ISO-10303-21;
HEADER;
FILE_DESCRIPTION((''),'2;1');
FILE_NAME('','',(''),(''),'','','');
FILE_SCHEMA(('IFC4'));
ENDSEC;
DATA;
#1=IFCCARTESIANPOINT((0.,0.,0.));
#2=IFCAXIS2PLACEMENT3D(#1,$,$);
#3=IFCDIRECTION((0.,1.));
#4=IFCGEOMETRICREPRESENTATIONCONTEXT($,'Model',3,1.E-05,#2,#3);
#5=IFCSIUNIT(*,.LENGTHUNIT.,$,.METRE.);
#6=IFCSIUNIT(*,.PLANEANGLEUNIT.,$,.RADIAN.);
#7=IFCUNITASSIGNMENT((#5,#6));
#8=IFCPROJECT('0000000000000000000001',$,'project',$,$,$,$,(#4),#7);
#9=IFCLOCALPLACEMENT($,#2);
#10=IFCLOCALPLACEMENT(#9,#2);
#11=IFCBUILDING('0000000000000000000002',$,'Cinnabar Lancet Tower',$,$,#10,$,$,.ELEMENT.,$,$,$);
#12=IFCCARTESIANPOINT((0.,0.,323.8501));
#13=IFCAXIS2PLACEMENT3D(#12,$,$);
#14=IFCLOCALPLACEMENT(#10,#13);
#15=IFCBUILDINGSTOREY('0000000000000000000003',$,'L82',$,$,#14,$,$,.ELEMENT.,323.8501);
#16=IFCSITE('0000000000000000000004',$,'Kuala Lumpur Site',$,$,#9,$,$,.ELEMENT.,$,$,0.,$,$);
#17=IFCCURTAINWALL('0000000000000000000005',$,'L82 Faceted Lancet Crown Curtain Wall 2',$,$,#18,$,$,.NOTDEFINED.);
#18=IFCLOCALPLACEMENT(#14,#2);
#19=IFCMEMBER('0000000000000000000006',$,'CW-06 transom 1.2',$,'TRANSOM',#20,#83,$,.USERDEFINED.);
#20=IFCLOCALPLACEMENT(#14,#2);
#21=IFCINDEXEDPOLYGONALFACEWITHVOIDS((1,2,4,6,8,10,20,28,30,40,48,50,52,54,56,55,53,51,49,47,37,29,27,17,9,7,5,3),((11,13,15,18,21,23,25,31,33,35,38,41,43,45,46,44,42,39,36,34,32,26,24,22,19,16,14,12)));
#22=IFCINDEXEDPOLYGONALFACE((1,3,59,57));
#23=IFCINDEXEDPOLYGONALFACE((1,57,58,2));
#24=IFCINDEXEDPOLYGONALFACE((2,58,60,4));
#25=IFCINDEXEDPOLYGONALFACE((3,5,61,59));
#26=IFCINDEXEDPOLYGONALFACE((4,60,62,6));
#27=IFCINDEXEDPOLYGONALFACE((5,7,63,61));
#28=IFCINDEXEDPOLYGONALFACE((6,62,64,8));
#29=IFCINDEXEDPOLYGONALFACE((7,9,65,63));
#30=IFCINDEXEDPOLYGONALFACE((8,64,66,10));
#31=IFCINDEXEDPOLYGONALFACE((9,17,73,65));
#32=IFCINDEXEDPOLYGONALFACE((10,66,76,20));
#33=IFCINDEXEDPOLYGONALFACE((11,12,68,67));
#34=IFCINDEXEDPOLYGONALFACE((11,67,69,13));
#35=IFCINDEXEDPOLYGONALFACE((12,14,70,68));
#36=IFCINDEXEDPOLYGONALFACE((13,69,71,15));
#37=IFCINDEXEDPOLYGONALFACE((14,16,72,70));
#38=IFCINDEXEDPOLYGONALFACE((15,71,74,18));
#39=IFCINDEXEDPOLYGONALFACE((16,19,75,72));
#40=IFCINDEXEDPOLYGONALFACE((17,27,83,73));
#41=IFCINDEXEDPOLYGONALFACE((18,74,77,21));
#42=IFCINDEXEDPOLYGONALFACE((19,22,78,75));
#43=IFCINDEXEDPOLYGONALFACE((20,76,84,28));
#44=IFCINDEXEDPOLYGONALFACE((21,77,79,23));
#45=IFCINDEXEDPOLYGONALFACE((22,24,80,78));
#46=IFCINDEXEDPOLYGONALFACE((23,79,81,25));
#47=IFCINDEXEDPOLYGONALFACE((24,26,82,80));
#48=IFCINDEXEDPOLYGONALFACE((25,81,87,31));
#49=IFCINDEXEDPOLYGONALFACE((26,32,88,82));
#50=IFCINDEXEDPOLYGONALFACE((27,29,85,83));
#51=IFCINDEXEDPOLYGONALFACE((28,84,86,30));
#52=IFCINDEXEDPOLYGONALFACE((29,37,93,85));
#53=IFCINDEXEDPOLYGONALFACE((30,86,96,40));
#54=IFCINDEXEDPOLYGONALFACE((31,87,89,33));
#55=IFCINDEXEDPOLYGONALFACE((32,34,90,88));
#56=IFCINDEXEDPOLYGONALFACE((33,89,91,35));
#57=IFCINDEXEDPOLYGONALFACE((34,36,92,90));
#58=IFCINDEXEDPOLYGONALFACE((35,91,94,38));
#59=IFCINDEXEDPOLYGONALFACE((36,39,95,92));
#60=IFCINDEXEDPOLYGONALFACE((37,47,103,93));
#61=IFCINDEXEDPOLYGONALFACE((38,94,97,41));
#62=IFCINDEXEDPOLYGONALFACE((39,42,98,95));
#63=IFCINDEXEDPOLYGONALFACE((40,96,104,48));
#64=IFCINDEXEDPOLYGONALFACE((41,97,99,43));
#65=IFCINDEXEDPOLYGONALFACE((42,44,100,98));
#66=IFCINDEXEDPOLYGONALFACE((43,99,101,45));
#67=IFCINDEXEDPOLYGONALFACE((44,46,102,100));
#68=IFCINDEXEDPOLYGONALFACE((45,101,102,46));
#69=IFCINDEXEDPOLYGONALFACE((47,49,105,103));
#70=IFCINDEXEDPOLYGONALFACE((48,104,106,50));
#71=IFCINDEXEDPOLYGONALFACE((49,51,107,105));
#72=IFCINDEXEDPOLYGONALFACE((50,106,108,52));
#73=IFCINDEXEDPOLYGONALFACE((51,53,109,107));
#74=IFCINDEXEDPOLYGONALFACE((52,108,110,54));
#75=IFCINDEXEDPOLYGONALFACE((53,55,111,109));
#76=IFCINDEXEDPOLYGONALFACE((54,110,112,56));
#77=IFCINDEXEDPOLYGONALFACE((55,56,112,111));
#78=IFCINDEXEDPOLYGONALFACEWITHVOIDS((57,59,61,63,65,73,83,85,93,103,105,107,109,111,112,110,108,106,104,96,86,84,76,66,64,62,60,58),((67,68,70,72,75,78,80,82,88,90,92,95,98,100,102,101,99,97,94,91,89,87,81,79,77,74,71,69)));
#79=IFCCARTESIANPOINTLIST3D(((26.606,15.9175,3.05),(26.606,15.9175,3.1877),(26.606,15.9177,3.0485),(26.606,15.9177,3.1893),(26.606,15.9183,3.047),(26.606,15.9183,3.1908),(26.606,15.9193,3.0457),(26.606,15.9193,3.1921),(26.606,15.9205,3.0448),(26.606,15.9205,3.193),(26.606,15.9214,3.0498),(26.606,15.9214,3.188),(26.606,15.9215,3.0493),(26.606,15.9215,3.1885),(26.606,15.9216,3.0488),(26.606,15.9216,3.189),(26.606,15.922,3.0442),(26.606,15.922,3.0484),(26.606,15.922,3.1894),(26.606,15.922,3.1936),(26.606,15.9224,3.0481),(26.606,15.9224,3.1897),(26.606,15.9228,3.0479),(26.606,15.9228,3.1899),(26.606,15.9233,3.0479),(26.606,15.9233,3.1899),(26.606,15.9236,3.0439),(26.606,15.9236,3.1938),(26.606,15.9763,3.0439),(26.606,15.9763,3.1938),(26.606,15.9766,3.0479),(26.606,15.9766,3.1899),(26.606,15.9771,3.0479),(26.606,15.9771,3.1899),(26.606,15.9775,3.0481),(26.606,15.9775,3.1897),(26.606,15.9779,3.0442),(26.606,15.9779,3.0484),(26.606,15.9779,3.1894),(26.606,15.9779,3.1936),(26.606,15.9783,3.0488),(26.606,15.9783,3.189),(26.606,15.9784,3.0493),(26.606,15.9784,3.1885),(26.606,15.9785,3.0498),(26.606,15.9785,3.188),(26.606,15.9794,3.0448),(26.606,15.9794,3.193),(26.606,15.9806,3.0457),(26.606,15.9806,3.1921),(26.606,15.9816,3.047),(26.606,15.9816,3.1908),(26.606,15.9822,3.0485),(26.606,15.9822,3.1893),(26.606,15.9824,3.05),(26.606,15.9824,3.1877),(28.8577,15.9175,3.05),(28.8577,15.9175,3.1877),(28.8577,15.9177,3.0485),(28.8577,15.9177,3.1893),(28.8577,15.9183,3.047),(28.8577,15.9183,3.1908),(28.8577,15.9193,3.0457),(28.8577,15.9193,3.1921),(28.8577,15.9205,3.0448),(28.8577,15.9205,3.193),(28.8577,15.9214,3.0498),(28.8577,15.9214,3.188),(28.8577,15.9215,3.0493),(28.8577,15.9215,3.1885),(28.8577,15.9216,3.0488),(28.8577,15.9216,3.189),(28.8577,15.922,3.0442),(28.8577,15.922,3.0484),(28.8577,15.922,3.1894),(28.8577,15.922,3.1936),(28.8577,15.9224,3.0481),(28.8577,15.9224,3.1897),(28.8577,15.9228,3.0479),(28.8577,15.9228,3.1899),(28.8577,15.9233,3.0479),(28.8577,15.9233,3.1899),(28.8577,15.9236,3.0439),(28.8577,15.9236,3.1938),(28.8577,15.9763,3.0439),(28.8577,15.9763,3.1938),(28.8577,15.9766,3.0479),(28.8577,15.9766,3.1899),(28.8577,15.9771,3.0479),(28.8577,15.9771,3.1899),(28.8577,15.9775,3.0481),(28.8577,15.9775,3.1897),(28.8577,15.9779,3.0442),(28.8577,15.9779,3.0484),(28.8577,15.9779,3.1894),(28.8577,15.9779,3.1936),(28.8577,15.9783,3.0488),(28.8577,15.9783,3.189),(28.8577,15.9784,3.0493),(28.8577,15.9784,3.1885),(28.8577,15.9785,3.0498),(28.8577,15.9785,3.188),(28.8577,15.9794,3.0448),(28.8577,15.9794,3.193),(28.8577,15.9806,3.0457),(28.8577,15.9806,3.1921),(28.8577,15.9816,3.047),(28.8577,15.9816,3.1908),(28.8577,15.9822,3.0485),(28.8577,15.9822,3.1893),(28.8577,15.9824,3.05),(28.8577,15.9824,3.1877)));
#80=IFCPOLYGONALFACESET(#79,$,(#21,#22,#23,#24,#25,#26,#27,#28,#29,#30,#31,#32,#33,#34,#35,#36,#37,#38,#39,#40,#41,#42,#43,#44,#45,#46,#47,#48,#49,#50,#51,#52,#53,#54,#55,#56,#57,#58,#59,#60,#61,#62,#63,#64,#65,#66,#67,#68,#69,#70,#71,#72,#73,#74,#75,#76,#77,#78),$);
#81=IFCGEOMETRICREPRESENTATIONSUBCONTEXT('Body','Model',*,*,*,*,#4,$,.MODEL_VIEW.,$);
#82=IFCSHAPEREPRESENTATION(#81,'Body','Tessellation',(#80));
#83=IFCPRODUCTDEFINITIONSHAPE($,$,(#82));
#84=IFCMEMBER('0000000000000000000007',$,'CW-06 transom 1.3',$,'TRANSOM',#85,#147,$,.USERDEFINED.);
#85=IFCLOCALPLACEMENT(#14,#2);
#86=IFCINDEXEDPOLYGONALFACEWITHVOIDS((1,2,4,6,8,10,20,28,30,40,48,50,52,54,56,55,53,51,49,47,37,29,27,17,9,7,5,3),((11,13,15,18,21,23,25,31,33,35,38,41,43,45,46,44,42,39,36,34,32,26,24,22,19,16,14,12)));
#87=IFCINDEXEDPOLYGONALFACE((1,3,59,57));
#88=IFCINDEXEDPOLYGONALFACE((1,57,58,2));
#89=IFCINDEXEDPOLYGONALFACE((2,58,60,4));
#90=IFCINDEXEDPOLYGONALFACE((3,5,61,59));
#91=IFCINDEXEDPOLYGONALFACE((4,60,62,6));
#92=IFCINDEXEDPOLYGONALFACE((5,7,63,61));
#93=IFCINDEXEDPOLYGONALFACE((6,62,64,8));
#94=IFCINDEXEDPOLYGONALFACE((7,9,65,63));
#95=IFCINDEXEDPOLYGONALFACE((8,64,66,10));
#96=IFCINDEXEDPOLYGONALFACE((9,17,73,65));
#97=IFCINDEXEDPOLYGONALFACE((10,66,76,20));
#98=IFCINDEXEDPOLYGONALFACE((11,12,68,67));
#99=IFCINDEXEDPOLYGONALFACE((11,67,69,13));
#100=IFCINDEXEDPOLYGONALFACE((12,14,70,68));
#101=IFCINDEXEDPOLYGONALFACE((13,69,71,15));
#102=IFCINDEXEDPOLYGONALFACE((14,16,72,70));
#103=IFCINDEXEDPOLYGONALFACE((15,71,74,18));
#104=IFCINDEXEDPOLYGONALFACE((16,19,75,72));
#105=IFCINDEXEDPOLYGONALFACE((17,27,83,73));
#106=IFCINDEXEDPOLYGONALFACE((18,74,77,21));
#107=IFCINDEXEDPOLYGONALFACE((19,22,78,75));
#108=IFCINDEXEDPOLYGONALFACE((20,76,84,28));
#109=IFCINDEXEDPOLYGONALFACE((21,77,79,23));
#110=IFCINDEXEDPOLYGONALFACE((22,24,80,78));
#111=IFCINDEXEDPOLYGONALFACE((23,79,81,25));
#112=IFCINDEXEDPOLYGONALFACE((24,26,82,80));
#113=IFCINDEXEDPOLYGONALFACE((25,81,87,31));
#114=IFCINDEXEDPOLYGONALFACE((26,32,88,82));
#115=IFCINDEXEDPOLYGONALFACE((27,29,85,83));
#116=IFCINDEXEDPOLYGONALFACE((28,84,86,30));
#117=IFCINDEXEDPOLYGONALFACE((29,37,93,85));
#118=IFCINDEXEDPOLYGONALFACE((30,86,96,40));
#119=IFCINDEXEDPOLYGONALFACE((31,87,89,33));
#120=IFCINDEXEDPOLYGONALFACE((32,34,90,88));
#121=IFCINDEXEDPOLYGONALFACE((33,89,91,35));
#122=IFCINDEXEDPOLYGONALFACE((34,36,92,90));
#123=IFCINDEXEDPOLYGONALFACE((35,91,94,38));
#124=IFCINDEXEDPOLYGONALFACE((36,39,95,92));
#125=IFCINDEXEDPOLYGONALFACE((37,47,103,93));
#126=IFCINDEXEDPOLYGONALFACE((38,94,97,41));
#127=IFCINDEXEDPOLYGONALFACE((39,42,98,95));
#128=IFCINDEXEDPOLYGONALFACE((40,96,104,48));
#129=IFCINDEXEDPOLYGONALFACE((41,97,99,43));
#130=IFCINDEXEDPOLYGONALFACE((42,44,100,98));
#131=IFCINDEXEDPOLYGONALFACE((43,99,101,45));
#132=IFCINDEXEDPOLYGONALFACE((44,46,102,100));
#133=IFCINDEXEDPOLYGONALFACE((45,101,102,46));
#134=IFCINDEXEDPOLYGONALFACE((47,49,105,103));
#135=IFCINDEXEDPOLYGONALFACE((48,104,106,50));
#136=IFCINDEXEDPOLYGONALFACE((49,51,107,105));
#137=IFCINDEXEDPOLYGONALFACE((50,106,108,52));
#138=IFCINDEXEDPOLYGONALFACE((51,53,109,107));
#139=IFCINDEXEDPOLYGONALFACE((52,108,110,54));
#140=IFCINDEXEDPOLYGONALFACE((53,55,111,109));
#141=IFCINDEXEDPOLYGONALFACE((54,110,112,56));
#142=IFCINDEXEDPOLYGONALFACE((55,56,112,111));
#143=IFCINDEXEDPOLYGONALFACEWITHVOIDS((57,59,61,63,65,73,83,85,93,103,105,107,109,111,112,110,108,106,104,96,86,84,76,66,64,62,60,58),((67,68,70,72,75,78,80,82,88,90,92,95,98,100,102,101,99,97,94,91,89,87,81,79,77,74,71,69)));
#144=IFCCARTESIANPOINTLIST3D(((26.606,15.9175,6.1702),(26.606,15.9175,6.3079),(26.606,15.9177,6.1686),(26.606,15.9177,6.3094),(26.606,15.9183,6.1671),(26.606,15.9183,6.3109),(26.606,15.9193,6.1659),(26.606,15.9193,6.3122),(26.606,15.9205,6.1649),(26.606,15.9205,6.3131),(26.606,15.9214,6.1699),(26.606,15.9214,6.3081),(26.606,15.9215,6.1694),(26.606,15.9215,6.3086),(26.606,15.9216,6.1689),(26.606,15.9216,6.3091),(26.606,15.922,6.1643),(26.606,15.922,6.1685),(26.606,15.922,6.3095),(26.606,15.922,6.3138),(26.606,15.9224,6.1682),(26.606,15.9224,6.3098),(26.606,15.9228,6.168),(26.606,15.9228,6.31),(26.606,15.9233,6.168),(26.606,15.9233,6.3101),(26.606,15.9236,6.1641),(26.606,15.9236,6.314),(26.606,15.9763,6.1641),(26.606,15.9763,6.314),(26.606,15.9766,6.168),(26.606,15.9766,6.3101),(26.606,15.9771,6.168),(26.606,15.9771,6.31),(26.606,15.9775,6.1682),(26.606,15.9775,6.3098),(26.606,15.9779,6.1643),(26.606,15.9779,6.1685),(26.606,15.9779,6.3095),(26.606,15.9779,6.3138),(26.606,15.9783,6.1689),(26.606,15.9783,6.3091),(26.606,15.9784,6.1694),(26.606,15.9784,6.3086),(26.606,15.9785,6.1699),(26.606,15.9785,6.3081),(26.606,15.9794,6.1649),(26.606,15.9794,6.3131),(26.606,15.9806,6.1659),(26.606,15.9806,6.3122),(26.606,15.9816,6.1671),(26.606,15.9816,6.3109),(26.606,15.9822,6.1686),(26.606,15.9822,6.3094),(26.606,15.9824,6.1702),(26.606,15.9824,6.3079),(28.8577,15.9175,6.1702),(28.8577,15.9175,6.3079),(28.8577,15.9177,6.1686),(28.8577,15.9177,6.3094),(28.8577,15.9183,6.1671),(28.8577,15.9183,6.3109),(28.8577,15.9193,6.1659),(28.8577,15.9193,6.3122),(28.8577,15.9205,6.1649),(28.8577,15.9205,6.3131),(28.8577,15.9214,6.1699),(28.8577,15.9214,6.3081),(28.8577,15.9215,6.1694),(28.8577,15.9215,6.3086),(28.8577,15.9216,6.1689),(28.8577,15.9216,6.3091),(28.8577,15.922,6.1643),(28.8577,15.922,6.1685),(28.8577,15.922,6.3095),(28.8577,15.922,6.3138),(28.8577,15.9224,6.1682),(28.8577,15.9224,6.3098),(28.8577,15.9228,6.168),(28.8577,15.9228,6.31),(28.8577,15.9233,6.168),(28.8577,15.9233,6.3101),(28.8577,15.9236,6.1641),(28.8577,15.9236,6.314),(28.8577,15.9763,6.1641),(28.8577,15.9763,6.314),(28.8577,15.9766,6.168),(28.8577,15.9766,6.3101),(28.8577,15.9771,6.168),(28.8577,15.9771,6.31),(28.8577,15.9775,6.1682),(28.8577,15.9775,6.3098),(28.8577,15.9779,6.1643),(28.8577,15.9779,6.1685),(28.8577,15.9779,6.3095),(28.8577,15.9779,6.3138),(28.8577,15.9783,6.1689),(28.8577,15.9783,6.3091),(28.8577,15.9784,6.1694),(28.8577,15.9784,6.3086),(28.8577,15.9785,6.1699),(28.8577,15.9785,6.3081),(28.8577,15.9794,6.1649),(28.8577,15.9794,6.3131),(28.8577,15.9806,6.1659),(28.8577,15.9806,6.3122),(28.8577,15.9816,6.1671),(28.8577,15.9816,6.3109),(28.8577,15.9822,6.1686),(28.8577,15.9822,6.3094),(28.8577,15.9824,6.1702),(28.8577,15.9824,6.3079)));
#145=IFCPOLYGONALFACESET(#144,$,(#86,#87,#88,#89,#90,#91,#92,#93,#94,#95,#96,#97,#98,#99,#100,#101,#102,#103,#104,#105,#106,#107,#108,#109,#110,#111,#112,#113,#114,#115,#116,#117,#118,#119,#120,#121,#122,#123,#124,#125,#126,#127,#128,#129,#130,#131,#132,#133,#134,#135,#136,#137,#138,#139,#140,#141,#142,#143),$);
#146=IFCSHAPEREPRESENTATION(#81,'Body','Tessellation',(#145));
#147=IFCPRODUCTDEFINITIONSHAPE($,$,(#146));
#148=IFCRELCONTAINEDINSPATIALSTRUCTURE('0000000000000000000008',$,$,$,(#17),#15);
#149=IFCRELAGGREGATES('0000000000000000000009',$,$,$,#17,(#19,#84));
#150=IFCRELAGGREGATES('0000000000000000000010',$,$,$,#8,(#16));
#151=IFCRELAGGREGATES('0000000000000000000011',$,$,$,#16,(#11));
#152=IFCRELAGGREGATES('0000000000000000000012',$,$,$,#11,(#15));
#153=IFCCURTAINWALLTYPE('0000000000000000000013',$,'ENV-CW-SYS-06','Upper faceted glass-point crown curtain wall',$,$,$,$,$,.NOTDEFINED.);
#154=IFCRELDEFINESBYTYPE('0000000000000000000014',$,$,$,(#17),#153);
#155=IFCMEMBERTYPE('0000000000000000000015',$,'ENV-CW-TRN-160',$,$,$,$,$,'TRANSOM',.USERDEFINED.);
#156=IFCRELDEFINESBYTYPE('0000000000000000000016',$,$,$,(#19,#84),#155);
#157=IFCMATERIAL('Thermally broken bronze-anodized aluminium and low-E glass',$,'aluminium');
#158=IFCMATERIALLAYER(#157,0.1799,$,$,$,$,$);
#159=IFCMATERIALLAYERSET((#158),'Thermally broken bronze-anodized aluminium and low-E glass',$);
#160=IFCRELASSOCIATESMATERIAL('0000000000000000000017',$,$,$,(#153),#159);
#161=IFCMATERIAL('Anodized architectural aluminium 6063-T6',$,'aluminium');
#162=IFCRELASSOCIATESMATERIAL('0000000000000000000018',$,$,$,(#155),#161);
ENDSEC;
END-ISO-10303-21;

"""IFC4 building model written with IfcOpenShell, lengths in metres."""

from ifc_helpers import new_model, si_unit, direction, frame, origin, origin_2d, place, context, subcontext, project, spatial, hollow_rectangle, extrude, material, layer, layer_set, material_profile, profile_set, type_object, element, aggregate, save


model = new_model("IFC4")

# Units and contexts
model_context = context("Model", 3, precision=1e-05, world=origin(), true_north=direction((0.0, 1.0)))
body_context = subcontext(model_context, "Body", "Model", "MODEL_VIEW")
ifc_project = project(units=[si_unit("LENGTHUNIT", "METRE"), si_unit("PLANEANGLEUNIT", "RADIAN")], contexts=[model_context])

# Site, building, storey
site_placement = place(None, origin())
site = spatial("IfcSite", under=ifc_project, at=site_placement, Name="Kuala Lumpur Site", CompositionType="ELEMENT", RefElevation=0.0)
building_placement = place(site_placement, origin())
building = spatial("IfcBuilding", under=site, at=building_placement, Name="Cinnabar Lancet Tower", CompositionType="ELEMENT")
storey_placement = place(building_placement, frame((0.0, 0.0, 323.8501)))
storey = spatial("IfcBuildingStorey", under=building, at=storey_placement, Name="L82", CompositionType="ELEMENT", Elevation=323.8501)

# Curtain wall
ifc_material_1 = material(Name="Thermally broken bronze-anodized aluminium and low-E glass", Category="aluminium")
ifc_layer_1 = layer(ifc_material_1, 0.1799)
ifc_layer_set_1 = layer_set([ifc_layer_1], Name="Thermally broken bronze-anodized aluminium and low-E glass")
curtain_wall_type = type_object("IfcCurtainWallType", Name="ENV-CW-SYS-06", Description="Upper faceted glass-point crown curtain wall", PredefinedType="NOTDEFINED", material=ifc_layer_set_1)
curtain_wall_1_placement = place(storey_placement, origin())
curtain_wall_1 = element("IfcCurtainWall", 1, at=curtain_wall_1_placement, inside=storey, type_object=curtain_wall_type, Name="L82 Faceted Lancet Crown Curtain Wall 2", PredefinedType="NOTDEFINED")

# Members
ifc_material_2 = material(Name="Anodized architectural aluminium 6063-T6", Category="aluminium")
ifc_material_profile_1 = material_profile(ifc_material_2, hollow_rectangle(XDim=0.0649, YDim=0.1499, WallThickness=0.0039, InnerFilletRadius=0.002, OuterFilletRadius=0.0061, at=origin_2d()), Name="CW-TRN 150x65x4")
ifc_profile_set_1 = profile_set([ifc_material_profile_1], Name="Anodized architectural aluminium 6063-T6")
member_type_1 = type_object("IfcMemberType", Name="ENV-CW-TRN-160", ElementType="TRANSOM", PredefinedType="USERDEFINED", material=ifc_profile_set_1)
member_1_placement = place(storey_placement, frame((26.606, 15.95, 3.1189), z_axis=(1.0, 0.0, 0.0), x_axis=(0.0, 1.0, 0.0)))
member_1 = element("IfcMember", 2, at=member_1_placement, type_object=member_type_1, Name="CW-06 transom 1.2", ObjectType="TRANSOM", PredefinedType="USERDEFINED", context=body_context, shape_type="SweptSolid", body=[
    extrude(hollow_rectangle(XDim=0.0649, YDim=0.1499, WallThickness=0.0039, InnerFilletRadius=0.002, OuterFilletRadius=0.0061, at=origin_2d()), origin(), (0.0, 0.0, 1.0), 2.2517),
])
member_2_placement = place(storey_placement, frame((26.606, 15.95, 6.239), z_axis=(1.0, 0.0, 0.0), x_axis=(0.0, 1.0, 0.0)))
member_2 = element("IfcMember", 3, at=member_2_placement, type_object=member_type_1, Name="CW-06 transom 1.3", ObjectType="TRANSOM", PredefinedType="USERDEFINED", context=body_context, shape_type="SweptSolid", body=[
    extrude(hollow_rectangle(XDim=0.0649, YDim=0.1499, WallThickness=0.0039, InnerFilletRadius=0.002, OuterFilletRadius=0.0061, at=origin_2d()), origin(), (0.0, 0.0, 1.0), 2.2517),
])

aggregate(curtain_wall_1, [member_1, member_2])

save(model, "model.ifc")
